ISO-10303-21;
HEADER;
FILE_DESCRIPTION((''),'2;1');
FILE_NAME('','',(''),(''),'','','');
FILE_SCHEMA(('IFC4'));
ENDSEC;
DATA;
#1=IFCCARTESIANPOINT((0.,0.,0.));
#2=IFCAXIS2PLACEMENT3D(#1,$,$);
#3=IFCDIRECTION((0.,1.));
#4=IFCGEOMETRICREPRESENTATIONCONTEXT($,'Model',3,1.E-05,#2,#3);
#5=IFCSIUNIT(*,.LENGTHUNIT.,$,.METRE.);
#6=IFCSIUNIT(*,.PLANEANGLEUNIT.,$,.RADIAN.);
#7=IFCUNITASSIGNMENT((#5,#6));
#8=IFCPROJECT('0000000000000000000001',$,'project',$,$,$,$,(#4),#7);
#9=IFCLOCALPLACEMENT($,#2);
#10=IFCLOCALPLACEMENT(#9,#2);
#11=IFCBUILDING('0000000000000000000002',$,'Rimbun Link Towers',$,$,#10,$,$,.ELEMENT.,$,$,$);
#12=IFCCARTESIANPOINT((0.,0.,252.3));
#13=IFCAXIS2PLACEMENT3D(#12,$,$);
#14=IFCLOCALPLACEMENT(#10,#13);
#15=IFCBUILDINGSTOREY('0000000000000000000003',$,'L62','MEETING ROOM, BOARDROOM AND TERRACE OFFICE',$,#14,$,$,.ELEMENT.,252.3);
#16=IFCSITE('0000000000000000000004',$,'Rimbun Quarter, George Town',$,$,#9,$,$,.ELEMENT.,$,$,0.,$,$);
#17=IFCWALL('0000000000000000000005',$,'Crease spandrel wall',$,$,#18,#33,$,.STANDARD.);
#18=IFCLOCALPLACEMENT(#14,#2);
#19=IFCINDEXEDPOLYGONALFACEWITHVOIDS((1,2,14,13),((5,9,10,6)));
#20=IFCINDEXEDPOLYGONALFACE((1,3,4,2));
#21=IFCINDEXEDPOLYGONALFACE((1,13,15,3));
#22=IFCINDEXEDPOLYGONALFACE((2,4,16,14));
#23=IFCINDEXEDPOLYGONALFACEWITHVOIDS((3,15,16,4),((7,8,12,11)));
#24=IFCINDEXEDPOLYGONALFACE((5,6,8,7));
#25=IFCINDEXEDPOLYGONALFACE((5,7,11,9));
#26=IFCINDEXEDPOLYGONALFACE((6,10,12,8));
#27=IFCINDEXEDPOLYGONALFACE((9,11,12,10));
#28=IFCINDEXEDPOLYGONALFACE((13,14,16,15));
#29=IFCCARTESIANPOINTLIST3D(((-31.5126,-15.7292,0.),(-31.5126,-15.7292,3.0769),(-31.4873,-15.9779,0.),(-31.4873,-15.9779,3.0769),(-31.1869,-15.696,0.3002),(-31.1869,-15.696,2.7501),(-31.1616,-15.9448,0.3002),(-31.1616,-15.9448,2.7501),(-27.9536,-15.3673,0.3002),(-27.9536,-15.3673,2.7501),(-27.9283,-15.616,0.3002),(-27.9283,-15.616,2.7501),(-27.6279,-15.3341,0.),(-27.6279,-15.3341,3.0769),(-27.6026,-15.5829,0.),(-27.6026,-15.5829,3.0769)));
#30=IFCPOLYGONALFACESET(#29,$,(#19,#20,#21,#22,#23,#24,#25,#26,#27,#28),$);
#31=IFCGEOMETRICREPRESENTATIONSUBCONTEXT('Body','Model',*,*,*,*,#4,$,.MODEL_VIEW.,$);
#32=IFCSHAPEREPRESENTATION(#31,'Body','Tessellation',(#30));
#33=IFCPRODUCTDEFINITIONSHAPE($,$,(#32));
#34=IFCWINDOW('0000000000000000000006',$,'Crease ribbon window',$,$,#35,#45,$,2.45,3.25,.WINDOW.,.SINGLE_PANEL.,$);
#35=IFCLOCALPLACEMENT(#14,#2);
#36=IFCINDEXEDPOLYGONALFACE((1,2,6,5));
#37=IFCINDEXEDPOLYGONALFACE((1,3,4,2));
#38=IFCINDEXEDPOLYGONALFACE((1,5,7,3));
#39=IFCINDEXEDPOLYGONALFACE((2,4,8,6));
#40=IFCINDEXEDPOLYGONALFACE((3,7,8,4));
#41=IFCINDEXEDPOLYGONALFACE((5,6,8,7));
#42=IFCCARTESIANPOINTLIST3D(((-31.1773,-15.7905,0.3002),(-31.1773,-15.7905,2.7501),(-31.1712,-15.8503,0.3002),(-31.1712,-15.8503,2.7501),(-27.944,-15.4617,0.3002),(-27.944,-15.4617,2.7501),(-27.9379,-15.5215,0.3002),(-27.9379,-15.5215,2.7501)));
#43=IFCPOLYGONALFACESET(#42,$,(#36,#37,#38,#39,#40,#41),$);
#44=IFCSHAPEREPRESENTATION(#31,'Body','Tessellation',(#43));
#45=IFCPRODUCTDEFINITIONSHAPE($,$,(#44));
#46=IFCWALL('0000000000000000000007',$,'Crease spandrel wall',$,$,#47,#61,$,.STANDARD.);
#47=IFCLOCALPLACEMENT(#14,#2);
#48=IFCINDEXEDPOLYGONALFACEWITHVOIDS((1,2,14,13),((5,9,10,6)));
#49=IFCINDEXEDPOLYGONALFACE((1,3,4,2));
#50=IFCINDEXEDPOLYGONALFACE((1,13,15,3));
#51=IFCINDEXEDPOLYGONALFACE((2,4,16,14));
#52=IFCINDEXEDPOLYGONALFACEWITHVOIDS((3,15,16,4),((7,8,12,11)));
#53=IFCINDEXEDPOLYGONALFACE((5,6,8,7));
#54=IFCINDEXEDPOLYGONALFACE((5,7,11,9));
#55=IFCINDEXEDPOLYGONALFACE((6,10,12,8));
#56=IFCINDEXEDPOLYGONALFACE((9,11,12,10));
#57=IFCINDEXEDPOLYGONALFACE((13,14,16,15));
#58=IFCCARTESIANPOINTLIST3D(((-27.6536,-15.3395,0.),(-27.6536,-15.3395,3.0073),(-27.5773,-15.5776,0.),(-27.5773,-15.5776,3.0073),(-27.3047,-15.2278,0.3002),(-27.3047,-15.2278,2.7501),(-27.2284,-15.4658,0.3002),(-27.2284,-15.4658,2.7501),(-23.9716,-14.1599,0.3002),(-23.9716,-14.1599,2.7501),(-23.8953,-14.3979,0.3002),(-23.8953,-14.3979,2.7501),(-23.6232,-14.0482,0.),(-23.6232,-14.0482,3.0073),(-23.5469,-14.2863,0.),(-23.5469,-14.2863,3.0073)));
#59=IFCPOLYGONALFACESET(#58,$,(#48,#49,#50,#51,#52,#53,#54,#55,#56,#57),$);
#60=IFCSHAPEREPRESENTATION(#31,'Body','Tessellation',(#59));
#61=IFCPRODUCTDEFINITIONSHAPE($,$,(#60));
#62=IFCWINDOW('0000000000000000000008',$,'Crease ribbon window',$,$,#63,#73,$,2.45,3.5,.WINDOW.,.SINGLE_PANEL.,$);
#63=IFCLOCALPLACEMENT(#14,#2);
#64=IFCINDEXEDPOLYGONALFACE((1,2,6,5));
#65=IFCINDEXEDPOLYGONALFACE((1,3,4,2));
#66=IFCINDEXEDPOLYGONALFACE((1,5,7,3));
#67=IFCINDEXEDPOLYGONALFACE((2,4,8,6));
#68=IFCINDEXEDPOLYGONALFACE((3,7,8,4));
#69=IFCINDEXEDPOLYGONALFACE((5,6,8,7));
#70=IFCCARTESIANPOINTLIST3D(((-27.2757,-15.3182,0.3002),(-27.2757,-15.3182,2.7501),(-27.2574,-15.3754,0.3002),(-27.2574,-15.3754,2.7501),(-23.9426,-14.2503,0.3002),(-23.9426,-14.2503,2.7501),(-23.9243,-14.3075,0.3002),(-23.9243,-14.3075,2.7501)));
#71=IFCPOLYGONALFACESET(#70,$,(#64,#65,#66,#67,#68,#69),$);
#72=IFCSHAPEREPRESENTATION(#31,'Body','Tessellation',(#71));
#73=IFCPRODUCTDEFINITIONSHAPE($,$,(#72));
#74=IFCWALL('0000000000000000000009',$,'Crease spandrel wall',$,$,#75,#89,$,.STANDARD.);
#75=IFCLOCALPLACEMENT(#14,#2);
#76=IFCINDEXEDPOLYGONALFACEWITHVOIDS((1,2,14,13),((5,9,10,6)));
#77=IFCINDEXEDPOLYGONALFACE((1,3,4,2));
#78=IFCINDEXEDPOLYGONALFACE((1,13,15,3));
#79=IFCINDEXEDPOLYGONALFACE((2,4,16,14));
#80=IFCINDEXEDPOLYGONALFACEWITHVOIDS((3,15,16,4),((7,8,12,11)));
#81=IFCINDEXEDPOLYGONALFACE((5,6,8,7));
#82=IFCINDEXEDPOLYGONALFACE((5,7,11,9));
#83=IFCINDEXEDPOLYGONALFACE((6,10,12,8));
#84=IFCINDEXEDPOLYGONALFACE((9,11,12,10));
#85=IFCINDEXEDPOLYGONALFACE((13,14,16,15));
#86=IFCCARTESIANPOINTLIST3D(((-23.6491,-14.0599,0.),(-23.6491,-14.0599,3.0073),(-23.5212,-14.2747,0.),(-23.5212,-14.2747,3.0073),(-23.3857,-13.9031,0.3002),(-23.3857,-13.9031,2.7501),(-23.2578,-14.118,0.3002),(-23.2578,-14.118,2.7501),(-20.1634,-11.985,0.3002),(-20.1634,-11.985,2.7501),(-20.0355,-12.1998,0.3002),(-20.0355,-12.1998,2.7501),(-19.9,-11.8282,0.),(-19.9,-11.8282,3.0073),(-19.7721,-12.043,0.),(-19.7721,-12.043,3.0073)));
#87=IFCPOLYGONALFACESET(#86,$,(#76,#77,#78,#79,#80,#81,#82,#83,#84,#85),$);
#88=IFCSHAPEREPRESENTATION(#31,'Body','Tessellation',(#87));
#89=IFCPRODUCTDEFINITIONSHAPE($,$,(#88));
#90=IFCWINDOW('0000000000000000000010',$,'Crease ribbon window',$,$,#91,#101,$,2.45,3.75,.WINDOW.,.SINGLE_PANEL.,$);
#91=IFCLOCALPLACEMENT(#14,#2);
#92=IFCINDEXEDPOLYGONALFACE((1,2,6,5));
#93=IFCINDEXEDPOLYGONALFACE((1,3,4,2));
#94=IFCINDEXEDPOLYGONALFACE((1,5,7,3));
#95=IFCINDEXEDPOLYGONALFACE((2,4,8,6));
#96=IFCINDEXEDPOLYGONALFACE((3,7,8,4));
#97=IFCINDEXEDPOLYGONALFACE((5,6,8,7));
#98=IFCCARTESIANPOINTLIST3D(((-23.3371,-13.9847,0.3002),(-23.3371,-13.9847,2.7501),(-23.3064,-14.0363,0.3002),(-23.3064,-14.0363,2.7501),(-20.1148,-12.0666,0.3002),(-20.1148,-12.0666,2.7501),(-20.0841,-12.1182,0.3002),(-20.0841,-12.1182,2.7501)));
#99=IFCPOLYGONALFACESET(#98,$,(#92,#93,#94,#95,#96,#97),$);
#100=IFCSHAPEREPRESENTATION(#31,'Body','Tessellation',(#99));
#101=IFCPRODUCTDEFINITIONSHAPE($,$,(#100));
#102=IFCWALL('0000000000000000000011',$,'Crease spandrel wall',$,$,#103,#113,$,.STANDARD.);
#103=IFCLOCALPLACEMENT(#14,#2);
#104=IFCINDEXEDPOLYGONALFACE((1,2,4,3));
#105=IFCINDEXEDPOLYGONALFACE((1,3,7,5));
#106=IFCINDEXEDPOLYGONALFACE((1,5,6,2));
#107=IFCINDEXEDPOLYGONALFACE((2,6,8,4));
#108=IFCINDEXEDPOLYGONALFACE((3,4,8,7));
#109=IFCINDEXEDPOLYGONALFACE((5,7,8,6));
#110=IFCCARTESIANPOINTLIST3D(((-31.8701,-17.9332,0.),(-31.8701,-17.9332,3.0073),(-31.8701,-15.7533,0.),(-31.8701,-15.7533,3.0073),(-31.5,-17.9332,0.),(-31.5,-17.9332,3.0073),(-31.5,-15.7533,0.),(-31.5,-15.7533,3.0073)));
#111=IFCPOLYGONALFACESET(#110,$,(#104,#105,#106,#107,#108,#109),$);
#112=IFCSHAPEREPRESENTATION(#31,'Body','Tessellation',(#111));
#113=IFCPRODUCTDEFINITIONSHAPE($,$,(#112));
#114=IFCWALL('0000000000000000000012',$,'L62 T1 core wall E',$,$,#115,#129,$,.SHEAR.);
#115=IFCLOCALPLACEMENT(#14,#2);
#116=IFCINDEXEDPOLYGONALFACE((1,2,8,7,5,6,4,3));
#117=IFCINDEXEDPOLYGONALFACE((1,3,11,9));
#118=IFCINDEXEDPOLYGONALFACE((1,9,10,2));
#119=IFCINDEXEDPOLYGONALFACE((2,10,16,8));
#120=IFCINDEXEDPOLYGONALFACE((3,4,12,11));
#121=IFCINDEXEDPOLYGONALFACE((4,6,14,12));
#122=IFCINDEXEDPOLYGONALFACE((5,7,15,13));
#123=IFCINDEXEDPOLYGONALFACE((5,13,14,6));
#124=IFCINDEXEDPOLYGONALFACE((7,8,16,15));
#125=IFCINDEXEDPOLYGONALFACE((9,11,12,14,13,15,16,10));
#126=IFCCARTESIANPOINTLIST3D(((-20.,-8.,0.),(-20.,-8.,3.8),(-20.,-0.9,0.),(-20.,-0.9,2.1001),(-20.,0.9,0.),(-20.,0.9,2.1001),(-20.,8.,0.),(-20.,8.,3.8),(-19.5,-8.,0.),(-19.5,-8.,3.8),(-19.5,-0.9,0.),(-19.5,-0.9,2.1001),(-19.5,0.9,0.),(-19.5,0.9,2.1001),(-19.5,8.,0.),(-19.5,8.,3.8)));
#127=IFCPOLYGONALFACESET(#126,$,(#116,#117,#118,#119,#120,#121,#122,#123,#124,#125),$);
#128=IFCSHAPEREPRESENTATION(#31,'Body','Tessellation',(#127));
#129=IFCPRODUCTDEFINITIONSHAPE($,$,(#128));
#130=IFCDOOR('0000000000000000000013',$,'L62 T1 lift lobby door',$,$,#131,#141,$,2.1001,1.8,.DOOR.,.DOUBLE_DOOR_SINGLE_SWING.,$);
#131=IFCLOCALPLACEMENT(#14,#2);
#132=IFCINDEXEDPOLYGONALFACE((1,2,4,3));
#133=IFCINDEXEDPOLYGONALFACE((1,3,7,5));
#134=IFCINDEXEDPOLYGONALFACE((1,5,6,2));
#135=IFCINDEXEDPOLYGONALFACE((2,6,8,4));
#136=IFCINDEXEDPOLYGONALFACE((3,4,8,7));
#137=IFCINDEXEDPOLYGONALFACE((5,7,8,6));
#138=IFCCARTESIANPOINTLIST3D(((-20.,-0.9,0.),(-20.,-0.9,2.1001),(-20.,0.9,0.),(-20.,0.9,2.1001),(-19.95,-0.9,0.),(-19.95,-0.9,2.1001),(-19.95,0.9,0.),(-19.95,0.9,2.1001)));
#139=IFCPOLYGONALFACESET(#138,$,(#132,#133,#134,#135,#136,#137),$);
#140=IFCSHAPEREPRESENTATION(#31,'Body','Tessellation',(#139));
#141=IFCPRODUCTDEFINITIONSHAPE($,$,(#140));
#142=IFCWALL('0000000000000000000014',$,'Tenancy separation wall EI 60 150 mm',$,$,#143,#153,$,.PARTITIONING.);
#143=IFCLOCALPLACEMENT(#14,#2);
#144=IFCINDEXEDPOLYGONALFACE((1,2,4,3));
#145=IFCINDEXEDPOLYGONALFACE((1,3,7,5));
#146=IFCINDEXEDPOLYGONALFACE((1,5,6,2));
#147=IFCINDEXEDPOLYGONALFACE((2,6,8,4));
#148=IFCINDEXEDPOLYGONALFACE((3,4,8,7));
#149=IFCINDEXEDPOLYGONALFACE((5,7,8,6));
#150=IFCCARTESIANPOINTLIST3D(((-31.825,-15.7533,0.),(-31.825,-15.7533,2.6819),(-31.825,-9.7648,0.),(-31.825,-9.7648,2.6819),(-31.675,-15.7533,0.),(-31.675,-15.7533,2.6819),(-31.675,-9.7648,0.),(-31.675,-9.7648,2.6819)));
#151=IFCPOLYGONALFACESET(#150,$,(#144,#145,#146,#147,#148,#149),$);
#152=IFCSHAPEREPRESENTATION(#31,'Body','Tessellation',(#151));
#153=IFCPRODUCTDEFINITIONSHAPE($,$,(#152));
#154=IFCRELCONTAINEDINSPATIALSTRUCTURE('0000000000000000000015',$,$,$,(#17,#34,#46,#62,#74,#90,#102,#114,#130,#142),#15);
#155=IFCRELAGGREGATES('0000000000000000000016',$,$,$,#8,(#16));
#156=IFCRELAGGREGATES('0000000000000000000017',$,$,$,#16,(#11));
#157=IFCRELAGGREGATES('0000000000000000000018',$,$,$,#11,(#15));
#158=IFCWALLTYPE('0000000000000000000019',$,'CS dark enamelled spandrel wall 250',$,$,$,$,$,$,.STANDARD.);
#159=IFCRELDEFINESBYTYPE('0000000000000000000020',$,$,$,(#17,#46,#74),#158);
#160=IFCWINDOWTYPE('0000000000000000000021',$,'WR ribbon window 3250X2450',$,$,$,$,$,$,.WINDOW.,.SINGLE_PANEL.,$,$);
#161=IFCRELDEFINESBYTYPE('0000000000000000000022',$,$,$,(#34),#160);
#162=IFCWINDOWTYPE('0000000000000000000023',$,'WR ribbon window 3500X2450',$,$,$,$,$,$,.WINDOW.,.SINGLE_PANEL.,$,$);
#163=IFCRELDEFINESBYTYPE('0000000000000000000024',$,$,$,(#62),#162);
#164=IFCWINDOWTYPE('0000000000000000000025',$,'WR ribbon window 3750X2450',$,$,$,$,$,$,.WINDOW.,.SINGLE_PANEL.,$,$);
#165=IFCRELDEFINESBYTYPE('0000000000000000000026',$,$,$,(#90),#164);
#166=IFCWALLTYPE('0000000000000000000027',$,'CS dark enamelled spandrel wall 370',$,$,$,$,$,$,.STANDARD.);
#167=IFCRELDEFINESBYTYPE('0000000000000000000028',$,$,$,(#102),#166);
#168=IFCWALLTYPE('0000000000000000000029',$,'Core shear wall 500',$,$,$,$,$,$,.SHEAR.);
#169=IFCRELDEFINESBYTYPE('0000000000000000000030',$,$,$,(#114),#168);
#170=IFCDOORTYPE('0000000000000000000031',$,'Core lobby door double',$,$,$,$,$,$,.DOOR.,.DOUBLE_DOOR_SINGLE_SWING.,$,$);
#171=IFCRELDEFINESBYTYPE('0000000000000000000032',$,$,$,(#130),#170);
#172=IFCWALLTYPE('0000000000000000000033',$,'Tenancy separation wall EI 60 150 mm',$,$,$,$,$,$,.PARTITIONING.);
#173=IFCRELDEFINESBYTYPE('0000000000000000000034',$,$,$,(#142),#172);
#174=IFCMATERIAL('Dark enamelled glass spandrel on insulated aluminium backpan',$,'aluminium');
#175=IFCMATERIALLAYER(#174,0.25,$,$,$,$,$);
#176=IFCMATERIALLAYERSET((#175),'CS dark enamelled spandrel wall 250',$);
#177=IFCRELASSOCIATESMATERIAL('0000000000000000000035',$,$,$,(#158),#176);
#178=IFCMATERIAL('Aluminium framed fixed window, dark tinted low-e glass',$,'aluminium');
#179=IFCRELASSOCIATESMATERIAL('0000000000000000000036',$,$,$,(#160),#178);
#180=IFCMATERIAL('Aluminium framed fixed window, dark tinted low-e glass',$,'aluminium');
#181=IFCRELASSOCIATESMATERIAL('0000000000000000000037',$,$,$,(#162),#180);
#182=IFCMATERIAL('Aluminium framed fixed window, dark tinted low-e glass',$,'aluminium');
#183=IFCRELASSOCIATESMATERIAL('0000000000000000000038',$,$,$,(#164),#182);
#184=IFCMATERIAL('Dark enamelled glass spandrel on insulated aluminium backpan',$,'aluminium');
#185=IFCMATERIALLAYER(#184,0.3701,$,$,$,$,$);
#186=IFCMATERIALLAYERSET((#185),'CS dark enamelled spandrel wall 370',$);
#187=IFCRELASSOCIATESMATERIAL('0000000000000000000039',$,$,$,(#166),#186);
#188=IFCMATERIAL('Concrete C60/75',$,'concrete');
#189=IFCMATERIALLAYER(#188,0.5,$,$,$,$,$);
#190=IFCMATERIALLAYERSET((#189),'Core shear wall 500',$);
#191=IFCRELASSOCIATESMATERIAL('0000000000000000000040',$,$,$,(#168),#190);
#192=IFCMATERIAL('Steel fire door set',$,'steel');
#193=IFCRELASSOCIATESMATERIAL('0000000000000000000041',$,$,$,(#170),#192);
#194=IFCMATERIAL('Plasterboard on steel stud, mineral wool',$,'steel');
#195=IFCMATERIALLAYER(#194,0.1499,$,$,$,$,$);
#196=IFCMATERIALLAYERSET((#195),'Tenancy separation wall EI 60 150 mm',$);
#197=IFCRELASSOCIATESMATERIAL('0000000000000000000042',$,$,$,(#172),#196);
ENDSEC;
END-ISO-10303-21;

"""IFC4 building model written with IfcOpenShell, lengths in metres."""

from ifc_helpers import new_model, si_unit, direction, frame, frame_2d, origin, place, context, subcontext, project, spatial, rectangle, extrude, material, layer, layer_set, type_object, element, fill, save


model = new_model("IFC4")

# Units and contexts
model_context = context("Model", 3, precision=1e-05, world=origin(), true_north=direction((0.0, 1.0)))
body_context = subcontext(model_context, "Body", "Model", "MODEL_VIEW")
ifc_project = project(units=[si_unit("LENGTHUNIT", "METRE"), si_unit("PLANEANGLEUNIT", "RADIAN")], contexts=[model_context])

# Site, building, storey
site_placement = place(None, origin())
site = spatial("IfcSite", under=ifc_project, at=site_placement, Name="Rimbun Quarter, George Town", CompositionType="ELEMENT", RefElevation=0.0)
building_placement = place(site_placement, origin())
building = spatial("IfcBuilding", under=site, at=building_placement, Name="Rimbun Link Towers", CompositionType="ELEMENT")
storey_placement = place(building_placement, frame((0.0, 0.0, 252.3)))
storey = spatial("IfcBuildingStorey", under=building, at=storey_placement, Name="L62", Description="MEETING ROOM, BOARDROOM AND TERRACE OFFICE", CompositionType="ELEMENT", Elevation=252.3)

# Walls, openings, windows
ifc_material_1 = material(Name="Dark enamelled glass spandrel on insulated aluminium backpan", Category="aluminium")
ifc_layer_1 = layer(ifc_material_1, 0.25)
ifc_layer_set_1 = layer_set([ifc_layer_1], Name="CS dark enamelled spandrel wall 250")
wall_type_1 = type_object("IfcWallType", Name="CS dark enamelled spandrel wall 250", PredefinedType="STANDARD", material=ifc_layer_set_1)
wall_1_placement = place(storey_placement, frame((-27.6152, -15.4585, 0.0), z_axis=(0.0, 0.0, 1.0), x_axis=(-0.99487, -0.101163, 0.0)))
wall_1 = element("IfcWall", 1, at=wall_1_placement, inside=storey, type_object=wall_type_1, Name="Crease spandrel wall", PredefinedType="STANDARD", context=body_context, shape_type="SweptSolid", body=[
    extrude(rectangle(XDim=3.9048, YDim=0.25, at=frame_2d((1.9524, 0.0))), origin(), (0.0, 0.0, 1.0), 3.0769),
])
opening_1_placement = place(wall_1_placement, frame((0.3274, 0.0, 0.3)))
opening_1 = element("IfcOpeningElement", 2, at=opening_1_placement, cuts=wall_1, PredefinedType="OPENING", context=body_context, shape_type="SweptSolid", body=[
    extrude(rectangle(XDim=3.25, YDim=2.45, at=frame_2d((1.625, 1.2251))), frame((0.0, 0.135, 0.0), z_axis=(0.0, -1.0, 0.0), x_axis=(1.0, 0.0, 0.0)), (0.0, 0.0, 1.0), 0.27),
])
ifc_material_2 = material(Name="Aluminium framed fixed window, dark tinted low-e glass", Category="aluminium")
window_type_1 = type_object("IfcWindowType", Name="WR ribbon window 3250X2450", PartitioningType="SINGLE_PANEL", PredefinedType="WINDOW", material=ifc_material_2)
window_1_placement = place(opening_1_placement, origin())
window_1 = element("IfcWindow", 3, at=window_1_placement, inside=storey, type_object=window_type_1, Name="Crease ribbon window", OverallHeight=2.45, OverallWidth=3.25, PartitioningType="SINGLE_PANEL", PredefinedType="WINDOW", context=body_context, shape_type="SweptSolid", body=[
    extrude(rectangle(XDim=3.25, YDim=2.45, at=frame_2d((1.625, 1.2251))), frame((0.0, 0.03, 0.0), z_axis=(0.0, -1.0, 0.0), x_axis=(1.0, 0.0, 0.0)), (0.0, 0.0, 1.0), 0.0601),
])
fill(opening_1, window_1)
wall_2_placement = place(storey_placement, frame((-23.585, -14.1672, 0.0), z_axis=(0.0, 0.0, 1.0), x_axis=(-0.952316, -0.305113, 0.0)))
wall_2 = element("IfcWall", 4, at=wall_2_placement, inside=storey, type_object=wall_type_1, Name="Crease spandrel wall", PredefinedType="STANDARD", context=body_context, shape_type="SweptSolid", body=[
    extrude(rectangle(XDim=4.2322, YDim=0.25, at=frame_2d((2.1162, 0.0))), origin(), (0.0, 0.0, 1.0), 3.0073),
])
opening_2_placement = place(wall_2_placement, frame((0.366, 0.0, 0.3)))
opening_2 = element("IfcOpeningElement", 5, at=opening_2_placement, cuts=wall_2, PredefinedType="OPENING", context=body_context, shape_type="SweptSolid", body=[
    extrude(rectangle(XDim=3.5, YDim=2.45, at=frame_2d((1.75, 1.2251))), frame((0.0, 0.135, 0.0), z_axis=(0.0, -1.0, 0.0), x_axis=(1.0, 0.0, 0.0)), (0.0, 0.0, 1.0), 0.27),
])
ifc_material_3 = material(Name="Aluminium framed fixed window, dark tinted low-e glass", Category="aluminium")
window_type_2 = type_object("IfcWindowType", Name="WR ribbon window 3500X2450", PartitioningType="SINGLE_PANEL", PredefinedType="WINDOW", material=ifc_material_3)
window_2_placement = place(opening_2_placement, origin())
window_2 = element("IfcWindow", 6, at=window_2_placement, inside=storey, type_object=window_type_2, Name="Crease ribbon window", OverallHeight=2.45, OverallWidth=3.5, PartitioningType="SINGLE_PANEL", PredefinedType="WINDOW", context=body_context, shape_type="SweptSolid", body=[
    extrude(rectangle(XDim=3.5, YDim=2.45, at=frame_2d((1.75, 1.2251))), frame((0.0, 0.03, 0.0), z_axis=(0.0, -1.0, 0.0), x_axis=(1.0, 0.0, 0.0)), (0.0, 0.0, 1.0), 0.0601),
])
fill(opening_2, window_2)
wall_3_placement = place(storey_placement, frame((-19.8359, -11.9355, 0.0), z_axis=(0.0, 0.0, 1.0), x_axis=(-0.85928, -0.511506, 0.0)))
wall_3 = element("IfcWall", 7, at=wall_3_placement, inside=storey, type_object=wall_type_1, Name="Crease spandrel wall", PredefinedType="STANDARD", context=body_context, shape_type="SweptSolid", body=[
    extrude(rectangle(XDim=4.363, YDim=0.25, at=frame_2d((2.1816, 0.0))), origin(), (0.0, 0.0, 1.0), 3.0073),
])
opening_3_placement = place(wall_3_placement, frame((0.3066, 0.0, 0.3)))
opening_3 = element("IfcOpeningElement", 8, at=opening_3_placement, cuts=wall_3, PredefinedType="OPENING", context=body_context, shape_type="SweptSolid", body=[
    extrude(rectangle(XDim=3.75, YDim=2.45, at=frame_2d((1.875, 1.2251))), frame((0.0, 0.135, 0.0), z_axis=(0.0, -1.0, 0.0), x_axis=(1.0, 0.0, 0.0)), (0.0, 0.0, 1.0), 0.27),
])
ifc_material_4 = material(Name="Aluminium framed fixed window, dark tinted low-e glass", Category="aluminium")
window_type_3 = type_object("IfcWindowType", Name="WR ribbon window 3750X2450", PartitioningType="SINGLE_PANEL", PredefinedType="WINDOW", material=ifc_material_4)
window_3_placement = place(opening_3_placement, origin())
window_3 = element("IfcWindow", 9, at=window_3_placement, inside=storey, type_object=window_type_3, Name="Crease ribbon window", OverallHeight=2.45, OverallWidth=3.75, PartitioningType="SINGLE_PANEL", PredefinedType="WINDOW", context=body_context, shape_type="SweptSolid", body=[
    extrude(rectangle(XDim=3.75, YDim=2.45, at=frame_2d((1.875, 1.2251))), frame((0.0, 0.03, 0.0), z_axis=(0.0, -1.0, 0.0), x_axis=(1.0, 0.0, 0.0)), (0.0, 0.0, 1.0), 0.0601),
])
fill(opening_3, window_3)

# Wall
ifc_material_5 = material(Name="Dark enamelled glass spandrel on insulated aluminium backpan", Category="aluminium")
ifc_layer_2 = layer(ifc_material_5, 0.3701)
ifc_layer_set_2 = layer_set([ifc_layer_2], Name="CS dark enamelled spandrel wall 370")
wall_type_2 = type_object("IfcWallType", Name="CS dark enamelled spandrel wall 370", PredefinedType="STANDARD", material=ifc_layer_set_2)
wall_4_placement = place(storey_placement, frame((-31.6851, -15.7534, 0.0), z_axis=(0.0, 0.0, 1.0), x_axis=(0.0, -1.0, 0.0)))
element("IfcWall", 10, at=wall_4_placement, inside=storey, type_object=wall_type_2, Name="Crease spandrel wall", PredefinedType="STANDARD", context=body_context, shape_type="SweptSolid", body=[
    extrude(rectangle(XDim=2.1799, YDim=0.3701, at=frame_2d((1.0898, 0.0))), origin(), (0.0, 0.0, 1.0), 3.0073),
])

# Wall, opening, door
ifc_material_6 = material(Name="Concrete C60/75", Category="concrete")
ifc_layer_3 = layer(ifc_material_6, 0.5)
ifc_layer_set_3 = layer_set([ifc_layer_3], Name="Core shear wall 500")
wall_type_3 = type_object("IfcWallType", Name="Core shear wall 500", PredefinedType="SHEAR", material=ifc_layer_set_3)
wall_5_placement = place(storey_placement, frame((-19.75, -8.0, 0.0), z_axis=(0.0, 0.0, 1.0), x_axis=(0.0, 1.0, 0.0)))
wall_5 = element("IfcWall", 11, at=wall_5_placement, inside=storey, type_object=wall_type_3, Name="L62 T1 core wall E", PredefinedType="SHEAR", context=body_context, shape_type="SweptSolid", body=[
    extrude(rectangle(XDim=16.0, YDim=0.5, at=frame_2d((8.0, 0.0))), origin(), (0.0, 0.0, 1.0), 3.8),
])
opening_4_placement = place(wall_5_placement, frame((7.1001, 0.0, 0.0)))
opening_4 = element("IfcOpeningElement", 12, at=opening_4_placement, cuts=wall_5, PredefinedType="OPENING", context=body_context, shape_type="SweptSolid", body=[
    extrude(rectangle(XDim=1.8, YDim=2.1001, at=frame_2d((0.8999, 1.05))), frame((0.0, 0.26, 0.0), z_axis=(0.0, -1.0, 0.0), x_axis=(1.0, 0.0, 0.0)), (0.0, 0.0, 1.0), 0.52),
])
ifc_material_7 = material(Name="Steel fire door set", Category="steel")
door_type = type_object("IfcDoorType", Name="Core lobby door double", OperationType="DOUBLE_DOOR_SINGLE_SWING", PredefinedType="DOOR", material=ifc_material_7)
door_placement = place(opening_4_placement, origin())
door = element("IfcDoor", 13, at=door_placement, inside=storey, type_object=door_type, Name="L62 T1 lift lobby door", OperationType="DOUBLE_DOOR_SINGLE_SWING", OverallHeight=2.1001, OverallWidth=1.8, PredefinedType="DOOR", context=body_context, shape_type="SweptSolid", body=[
    extrude(rectangle(XDim=1.8, YDim=2.1001, at=frame_2d((0.8999, 1.05))), frame((0.0, 0.25, 0.0), z_axis=(0.0, -1.0, 0.0), x_axis=(1.0, 0.0, 0.0)), (0.0, 0.0, 1.0), 0.05),
])
fill(opening_4, door)

# Wall
ifc_material_8 = material(Name="Plasterboard on steel stud, mineral wool", Category="steel")
ifc_layer_4 = layer(ifc_material_8, 0.1499)
ifc_layer_set_4 = layer_set([ifc_layer_4], Name="Tenancy separation wall EI 60 150 mm")
wall_type_4 = type_object("IfcWallType", Name="Tenancy separation wall EI 60 150 mm", PredefinedType="PARTITIONING", material=ifc_layer_set_4)
wall_6_placement = place(storey_placement, frame((-31.75, -9.7649, 0.0), z_axis=(0.0, 0.0, 1.0), x_axis=(0.0, -1.0, 0.0)))
element("IfcWall", 14, at=wall_6_placement, inside=storey, type_object=wall_type_4, Name="Tenancy separation wall EI 60 150 mm", PredefinedType="PARTITIONING", context=body_context, shape_type="SweptSolid", body=[
    extrude(rectangle(XDim=5.9885, YDim=0.1499, at=frame_2d((2.9941, 0.0))), origin(), (0.0, 0.0, 1.0), 2.6819),
])

save(model, "model.ifc")
